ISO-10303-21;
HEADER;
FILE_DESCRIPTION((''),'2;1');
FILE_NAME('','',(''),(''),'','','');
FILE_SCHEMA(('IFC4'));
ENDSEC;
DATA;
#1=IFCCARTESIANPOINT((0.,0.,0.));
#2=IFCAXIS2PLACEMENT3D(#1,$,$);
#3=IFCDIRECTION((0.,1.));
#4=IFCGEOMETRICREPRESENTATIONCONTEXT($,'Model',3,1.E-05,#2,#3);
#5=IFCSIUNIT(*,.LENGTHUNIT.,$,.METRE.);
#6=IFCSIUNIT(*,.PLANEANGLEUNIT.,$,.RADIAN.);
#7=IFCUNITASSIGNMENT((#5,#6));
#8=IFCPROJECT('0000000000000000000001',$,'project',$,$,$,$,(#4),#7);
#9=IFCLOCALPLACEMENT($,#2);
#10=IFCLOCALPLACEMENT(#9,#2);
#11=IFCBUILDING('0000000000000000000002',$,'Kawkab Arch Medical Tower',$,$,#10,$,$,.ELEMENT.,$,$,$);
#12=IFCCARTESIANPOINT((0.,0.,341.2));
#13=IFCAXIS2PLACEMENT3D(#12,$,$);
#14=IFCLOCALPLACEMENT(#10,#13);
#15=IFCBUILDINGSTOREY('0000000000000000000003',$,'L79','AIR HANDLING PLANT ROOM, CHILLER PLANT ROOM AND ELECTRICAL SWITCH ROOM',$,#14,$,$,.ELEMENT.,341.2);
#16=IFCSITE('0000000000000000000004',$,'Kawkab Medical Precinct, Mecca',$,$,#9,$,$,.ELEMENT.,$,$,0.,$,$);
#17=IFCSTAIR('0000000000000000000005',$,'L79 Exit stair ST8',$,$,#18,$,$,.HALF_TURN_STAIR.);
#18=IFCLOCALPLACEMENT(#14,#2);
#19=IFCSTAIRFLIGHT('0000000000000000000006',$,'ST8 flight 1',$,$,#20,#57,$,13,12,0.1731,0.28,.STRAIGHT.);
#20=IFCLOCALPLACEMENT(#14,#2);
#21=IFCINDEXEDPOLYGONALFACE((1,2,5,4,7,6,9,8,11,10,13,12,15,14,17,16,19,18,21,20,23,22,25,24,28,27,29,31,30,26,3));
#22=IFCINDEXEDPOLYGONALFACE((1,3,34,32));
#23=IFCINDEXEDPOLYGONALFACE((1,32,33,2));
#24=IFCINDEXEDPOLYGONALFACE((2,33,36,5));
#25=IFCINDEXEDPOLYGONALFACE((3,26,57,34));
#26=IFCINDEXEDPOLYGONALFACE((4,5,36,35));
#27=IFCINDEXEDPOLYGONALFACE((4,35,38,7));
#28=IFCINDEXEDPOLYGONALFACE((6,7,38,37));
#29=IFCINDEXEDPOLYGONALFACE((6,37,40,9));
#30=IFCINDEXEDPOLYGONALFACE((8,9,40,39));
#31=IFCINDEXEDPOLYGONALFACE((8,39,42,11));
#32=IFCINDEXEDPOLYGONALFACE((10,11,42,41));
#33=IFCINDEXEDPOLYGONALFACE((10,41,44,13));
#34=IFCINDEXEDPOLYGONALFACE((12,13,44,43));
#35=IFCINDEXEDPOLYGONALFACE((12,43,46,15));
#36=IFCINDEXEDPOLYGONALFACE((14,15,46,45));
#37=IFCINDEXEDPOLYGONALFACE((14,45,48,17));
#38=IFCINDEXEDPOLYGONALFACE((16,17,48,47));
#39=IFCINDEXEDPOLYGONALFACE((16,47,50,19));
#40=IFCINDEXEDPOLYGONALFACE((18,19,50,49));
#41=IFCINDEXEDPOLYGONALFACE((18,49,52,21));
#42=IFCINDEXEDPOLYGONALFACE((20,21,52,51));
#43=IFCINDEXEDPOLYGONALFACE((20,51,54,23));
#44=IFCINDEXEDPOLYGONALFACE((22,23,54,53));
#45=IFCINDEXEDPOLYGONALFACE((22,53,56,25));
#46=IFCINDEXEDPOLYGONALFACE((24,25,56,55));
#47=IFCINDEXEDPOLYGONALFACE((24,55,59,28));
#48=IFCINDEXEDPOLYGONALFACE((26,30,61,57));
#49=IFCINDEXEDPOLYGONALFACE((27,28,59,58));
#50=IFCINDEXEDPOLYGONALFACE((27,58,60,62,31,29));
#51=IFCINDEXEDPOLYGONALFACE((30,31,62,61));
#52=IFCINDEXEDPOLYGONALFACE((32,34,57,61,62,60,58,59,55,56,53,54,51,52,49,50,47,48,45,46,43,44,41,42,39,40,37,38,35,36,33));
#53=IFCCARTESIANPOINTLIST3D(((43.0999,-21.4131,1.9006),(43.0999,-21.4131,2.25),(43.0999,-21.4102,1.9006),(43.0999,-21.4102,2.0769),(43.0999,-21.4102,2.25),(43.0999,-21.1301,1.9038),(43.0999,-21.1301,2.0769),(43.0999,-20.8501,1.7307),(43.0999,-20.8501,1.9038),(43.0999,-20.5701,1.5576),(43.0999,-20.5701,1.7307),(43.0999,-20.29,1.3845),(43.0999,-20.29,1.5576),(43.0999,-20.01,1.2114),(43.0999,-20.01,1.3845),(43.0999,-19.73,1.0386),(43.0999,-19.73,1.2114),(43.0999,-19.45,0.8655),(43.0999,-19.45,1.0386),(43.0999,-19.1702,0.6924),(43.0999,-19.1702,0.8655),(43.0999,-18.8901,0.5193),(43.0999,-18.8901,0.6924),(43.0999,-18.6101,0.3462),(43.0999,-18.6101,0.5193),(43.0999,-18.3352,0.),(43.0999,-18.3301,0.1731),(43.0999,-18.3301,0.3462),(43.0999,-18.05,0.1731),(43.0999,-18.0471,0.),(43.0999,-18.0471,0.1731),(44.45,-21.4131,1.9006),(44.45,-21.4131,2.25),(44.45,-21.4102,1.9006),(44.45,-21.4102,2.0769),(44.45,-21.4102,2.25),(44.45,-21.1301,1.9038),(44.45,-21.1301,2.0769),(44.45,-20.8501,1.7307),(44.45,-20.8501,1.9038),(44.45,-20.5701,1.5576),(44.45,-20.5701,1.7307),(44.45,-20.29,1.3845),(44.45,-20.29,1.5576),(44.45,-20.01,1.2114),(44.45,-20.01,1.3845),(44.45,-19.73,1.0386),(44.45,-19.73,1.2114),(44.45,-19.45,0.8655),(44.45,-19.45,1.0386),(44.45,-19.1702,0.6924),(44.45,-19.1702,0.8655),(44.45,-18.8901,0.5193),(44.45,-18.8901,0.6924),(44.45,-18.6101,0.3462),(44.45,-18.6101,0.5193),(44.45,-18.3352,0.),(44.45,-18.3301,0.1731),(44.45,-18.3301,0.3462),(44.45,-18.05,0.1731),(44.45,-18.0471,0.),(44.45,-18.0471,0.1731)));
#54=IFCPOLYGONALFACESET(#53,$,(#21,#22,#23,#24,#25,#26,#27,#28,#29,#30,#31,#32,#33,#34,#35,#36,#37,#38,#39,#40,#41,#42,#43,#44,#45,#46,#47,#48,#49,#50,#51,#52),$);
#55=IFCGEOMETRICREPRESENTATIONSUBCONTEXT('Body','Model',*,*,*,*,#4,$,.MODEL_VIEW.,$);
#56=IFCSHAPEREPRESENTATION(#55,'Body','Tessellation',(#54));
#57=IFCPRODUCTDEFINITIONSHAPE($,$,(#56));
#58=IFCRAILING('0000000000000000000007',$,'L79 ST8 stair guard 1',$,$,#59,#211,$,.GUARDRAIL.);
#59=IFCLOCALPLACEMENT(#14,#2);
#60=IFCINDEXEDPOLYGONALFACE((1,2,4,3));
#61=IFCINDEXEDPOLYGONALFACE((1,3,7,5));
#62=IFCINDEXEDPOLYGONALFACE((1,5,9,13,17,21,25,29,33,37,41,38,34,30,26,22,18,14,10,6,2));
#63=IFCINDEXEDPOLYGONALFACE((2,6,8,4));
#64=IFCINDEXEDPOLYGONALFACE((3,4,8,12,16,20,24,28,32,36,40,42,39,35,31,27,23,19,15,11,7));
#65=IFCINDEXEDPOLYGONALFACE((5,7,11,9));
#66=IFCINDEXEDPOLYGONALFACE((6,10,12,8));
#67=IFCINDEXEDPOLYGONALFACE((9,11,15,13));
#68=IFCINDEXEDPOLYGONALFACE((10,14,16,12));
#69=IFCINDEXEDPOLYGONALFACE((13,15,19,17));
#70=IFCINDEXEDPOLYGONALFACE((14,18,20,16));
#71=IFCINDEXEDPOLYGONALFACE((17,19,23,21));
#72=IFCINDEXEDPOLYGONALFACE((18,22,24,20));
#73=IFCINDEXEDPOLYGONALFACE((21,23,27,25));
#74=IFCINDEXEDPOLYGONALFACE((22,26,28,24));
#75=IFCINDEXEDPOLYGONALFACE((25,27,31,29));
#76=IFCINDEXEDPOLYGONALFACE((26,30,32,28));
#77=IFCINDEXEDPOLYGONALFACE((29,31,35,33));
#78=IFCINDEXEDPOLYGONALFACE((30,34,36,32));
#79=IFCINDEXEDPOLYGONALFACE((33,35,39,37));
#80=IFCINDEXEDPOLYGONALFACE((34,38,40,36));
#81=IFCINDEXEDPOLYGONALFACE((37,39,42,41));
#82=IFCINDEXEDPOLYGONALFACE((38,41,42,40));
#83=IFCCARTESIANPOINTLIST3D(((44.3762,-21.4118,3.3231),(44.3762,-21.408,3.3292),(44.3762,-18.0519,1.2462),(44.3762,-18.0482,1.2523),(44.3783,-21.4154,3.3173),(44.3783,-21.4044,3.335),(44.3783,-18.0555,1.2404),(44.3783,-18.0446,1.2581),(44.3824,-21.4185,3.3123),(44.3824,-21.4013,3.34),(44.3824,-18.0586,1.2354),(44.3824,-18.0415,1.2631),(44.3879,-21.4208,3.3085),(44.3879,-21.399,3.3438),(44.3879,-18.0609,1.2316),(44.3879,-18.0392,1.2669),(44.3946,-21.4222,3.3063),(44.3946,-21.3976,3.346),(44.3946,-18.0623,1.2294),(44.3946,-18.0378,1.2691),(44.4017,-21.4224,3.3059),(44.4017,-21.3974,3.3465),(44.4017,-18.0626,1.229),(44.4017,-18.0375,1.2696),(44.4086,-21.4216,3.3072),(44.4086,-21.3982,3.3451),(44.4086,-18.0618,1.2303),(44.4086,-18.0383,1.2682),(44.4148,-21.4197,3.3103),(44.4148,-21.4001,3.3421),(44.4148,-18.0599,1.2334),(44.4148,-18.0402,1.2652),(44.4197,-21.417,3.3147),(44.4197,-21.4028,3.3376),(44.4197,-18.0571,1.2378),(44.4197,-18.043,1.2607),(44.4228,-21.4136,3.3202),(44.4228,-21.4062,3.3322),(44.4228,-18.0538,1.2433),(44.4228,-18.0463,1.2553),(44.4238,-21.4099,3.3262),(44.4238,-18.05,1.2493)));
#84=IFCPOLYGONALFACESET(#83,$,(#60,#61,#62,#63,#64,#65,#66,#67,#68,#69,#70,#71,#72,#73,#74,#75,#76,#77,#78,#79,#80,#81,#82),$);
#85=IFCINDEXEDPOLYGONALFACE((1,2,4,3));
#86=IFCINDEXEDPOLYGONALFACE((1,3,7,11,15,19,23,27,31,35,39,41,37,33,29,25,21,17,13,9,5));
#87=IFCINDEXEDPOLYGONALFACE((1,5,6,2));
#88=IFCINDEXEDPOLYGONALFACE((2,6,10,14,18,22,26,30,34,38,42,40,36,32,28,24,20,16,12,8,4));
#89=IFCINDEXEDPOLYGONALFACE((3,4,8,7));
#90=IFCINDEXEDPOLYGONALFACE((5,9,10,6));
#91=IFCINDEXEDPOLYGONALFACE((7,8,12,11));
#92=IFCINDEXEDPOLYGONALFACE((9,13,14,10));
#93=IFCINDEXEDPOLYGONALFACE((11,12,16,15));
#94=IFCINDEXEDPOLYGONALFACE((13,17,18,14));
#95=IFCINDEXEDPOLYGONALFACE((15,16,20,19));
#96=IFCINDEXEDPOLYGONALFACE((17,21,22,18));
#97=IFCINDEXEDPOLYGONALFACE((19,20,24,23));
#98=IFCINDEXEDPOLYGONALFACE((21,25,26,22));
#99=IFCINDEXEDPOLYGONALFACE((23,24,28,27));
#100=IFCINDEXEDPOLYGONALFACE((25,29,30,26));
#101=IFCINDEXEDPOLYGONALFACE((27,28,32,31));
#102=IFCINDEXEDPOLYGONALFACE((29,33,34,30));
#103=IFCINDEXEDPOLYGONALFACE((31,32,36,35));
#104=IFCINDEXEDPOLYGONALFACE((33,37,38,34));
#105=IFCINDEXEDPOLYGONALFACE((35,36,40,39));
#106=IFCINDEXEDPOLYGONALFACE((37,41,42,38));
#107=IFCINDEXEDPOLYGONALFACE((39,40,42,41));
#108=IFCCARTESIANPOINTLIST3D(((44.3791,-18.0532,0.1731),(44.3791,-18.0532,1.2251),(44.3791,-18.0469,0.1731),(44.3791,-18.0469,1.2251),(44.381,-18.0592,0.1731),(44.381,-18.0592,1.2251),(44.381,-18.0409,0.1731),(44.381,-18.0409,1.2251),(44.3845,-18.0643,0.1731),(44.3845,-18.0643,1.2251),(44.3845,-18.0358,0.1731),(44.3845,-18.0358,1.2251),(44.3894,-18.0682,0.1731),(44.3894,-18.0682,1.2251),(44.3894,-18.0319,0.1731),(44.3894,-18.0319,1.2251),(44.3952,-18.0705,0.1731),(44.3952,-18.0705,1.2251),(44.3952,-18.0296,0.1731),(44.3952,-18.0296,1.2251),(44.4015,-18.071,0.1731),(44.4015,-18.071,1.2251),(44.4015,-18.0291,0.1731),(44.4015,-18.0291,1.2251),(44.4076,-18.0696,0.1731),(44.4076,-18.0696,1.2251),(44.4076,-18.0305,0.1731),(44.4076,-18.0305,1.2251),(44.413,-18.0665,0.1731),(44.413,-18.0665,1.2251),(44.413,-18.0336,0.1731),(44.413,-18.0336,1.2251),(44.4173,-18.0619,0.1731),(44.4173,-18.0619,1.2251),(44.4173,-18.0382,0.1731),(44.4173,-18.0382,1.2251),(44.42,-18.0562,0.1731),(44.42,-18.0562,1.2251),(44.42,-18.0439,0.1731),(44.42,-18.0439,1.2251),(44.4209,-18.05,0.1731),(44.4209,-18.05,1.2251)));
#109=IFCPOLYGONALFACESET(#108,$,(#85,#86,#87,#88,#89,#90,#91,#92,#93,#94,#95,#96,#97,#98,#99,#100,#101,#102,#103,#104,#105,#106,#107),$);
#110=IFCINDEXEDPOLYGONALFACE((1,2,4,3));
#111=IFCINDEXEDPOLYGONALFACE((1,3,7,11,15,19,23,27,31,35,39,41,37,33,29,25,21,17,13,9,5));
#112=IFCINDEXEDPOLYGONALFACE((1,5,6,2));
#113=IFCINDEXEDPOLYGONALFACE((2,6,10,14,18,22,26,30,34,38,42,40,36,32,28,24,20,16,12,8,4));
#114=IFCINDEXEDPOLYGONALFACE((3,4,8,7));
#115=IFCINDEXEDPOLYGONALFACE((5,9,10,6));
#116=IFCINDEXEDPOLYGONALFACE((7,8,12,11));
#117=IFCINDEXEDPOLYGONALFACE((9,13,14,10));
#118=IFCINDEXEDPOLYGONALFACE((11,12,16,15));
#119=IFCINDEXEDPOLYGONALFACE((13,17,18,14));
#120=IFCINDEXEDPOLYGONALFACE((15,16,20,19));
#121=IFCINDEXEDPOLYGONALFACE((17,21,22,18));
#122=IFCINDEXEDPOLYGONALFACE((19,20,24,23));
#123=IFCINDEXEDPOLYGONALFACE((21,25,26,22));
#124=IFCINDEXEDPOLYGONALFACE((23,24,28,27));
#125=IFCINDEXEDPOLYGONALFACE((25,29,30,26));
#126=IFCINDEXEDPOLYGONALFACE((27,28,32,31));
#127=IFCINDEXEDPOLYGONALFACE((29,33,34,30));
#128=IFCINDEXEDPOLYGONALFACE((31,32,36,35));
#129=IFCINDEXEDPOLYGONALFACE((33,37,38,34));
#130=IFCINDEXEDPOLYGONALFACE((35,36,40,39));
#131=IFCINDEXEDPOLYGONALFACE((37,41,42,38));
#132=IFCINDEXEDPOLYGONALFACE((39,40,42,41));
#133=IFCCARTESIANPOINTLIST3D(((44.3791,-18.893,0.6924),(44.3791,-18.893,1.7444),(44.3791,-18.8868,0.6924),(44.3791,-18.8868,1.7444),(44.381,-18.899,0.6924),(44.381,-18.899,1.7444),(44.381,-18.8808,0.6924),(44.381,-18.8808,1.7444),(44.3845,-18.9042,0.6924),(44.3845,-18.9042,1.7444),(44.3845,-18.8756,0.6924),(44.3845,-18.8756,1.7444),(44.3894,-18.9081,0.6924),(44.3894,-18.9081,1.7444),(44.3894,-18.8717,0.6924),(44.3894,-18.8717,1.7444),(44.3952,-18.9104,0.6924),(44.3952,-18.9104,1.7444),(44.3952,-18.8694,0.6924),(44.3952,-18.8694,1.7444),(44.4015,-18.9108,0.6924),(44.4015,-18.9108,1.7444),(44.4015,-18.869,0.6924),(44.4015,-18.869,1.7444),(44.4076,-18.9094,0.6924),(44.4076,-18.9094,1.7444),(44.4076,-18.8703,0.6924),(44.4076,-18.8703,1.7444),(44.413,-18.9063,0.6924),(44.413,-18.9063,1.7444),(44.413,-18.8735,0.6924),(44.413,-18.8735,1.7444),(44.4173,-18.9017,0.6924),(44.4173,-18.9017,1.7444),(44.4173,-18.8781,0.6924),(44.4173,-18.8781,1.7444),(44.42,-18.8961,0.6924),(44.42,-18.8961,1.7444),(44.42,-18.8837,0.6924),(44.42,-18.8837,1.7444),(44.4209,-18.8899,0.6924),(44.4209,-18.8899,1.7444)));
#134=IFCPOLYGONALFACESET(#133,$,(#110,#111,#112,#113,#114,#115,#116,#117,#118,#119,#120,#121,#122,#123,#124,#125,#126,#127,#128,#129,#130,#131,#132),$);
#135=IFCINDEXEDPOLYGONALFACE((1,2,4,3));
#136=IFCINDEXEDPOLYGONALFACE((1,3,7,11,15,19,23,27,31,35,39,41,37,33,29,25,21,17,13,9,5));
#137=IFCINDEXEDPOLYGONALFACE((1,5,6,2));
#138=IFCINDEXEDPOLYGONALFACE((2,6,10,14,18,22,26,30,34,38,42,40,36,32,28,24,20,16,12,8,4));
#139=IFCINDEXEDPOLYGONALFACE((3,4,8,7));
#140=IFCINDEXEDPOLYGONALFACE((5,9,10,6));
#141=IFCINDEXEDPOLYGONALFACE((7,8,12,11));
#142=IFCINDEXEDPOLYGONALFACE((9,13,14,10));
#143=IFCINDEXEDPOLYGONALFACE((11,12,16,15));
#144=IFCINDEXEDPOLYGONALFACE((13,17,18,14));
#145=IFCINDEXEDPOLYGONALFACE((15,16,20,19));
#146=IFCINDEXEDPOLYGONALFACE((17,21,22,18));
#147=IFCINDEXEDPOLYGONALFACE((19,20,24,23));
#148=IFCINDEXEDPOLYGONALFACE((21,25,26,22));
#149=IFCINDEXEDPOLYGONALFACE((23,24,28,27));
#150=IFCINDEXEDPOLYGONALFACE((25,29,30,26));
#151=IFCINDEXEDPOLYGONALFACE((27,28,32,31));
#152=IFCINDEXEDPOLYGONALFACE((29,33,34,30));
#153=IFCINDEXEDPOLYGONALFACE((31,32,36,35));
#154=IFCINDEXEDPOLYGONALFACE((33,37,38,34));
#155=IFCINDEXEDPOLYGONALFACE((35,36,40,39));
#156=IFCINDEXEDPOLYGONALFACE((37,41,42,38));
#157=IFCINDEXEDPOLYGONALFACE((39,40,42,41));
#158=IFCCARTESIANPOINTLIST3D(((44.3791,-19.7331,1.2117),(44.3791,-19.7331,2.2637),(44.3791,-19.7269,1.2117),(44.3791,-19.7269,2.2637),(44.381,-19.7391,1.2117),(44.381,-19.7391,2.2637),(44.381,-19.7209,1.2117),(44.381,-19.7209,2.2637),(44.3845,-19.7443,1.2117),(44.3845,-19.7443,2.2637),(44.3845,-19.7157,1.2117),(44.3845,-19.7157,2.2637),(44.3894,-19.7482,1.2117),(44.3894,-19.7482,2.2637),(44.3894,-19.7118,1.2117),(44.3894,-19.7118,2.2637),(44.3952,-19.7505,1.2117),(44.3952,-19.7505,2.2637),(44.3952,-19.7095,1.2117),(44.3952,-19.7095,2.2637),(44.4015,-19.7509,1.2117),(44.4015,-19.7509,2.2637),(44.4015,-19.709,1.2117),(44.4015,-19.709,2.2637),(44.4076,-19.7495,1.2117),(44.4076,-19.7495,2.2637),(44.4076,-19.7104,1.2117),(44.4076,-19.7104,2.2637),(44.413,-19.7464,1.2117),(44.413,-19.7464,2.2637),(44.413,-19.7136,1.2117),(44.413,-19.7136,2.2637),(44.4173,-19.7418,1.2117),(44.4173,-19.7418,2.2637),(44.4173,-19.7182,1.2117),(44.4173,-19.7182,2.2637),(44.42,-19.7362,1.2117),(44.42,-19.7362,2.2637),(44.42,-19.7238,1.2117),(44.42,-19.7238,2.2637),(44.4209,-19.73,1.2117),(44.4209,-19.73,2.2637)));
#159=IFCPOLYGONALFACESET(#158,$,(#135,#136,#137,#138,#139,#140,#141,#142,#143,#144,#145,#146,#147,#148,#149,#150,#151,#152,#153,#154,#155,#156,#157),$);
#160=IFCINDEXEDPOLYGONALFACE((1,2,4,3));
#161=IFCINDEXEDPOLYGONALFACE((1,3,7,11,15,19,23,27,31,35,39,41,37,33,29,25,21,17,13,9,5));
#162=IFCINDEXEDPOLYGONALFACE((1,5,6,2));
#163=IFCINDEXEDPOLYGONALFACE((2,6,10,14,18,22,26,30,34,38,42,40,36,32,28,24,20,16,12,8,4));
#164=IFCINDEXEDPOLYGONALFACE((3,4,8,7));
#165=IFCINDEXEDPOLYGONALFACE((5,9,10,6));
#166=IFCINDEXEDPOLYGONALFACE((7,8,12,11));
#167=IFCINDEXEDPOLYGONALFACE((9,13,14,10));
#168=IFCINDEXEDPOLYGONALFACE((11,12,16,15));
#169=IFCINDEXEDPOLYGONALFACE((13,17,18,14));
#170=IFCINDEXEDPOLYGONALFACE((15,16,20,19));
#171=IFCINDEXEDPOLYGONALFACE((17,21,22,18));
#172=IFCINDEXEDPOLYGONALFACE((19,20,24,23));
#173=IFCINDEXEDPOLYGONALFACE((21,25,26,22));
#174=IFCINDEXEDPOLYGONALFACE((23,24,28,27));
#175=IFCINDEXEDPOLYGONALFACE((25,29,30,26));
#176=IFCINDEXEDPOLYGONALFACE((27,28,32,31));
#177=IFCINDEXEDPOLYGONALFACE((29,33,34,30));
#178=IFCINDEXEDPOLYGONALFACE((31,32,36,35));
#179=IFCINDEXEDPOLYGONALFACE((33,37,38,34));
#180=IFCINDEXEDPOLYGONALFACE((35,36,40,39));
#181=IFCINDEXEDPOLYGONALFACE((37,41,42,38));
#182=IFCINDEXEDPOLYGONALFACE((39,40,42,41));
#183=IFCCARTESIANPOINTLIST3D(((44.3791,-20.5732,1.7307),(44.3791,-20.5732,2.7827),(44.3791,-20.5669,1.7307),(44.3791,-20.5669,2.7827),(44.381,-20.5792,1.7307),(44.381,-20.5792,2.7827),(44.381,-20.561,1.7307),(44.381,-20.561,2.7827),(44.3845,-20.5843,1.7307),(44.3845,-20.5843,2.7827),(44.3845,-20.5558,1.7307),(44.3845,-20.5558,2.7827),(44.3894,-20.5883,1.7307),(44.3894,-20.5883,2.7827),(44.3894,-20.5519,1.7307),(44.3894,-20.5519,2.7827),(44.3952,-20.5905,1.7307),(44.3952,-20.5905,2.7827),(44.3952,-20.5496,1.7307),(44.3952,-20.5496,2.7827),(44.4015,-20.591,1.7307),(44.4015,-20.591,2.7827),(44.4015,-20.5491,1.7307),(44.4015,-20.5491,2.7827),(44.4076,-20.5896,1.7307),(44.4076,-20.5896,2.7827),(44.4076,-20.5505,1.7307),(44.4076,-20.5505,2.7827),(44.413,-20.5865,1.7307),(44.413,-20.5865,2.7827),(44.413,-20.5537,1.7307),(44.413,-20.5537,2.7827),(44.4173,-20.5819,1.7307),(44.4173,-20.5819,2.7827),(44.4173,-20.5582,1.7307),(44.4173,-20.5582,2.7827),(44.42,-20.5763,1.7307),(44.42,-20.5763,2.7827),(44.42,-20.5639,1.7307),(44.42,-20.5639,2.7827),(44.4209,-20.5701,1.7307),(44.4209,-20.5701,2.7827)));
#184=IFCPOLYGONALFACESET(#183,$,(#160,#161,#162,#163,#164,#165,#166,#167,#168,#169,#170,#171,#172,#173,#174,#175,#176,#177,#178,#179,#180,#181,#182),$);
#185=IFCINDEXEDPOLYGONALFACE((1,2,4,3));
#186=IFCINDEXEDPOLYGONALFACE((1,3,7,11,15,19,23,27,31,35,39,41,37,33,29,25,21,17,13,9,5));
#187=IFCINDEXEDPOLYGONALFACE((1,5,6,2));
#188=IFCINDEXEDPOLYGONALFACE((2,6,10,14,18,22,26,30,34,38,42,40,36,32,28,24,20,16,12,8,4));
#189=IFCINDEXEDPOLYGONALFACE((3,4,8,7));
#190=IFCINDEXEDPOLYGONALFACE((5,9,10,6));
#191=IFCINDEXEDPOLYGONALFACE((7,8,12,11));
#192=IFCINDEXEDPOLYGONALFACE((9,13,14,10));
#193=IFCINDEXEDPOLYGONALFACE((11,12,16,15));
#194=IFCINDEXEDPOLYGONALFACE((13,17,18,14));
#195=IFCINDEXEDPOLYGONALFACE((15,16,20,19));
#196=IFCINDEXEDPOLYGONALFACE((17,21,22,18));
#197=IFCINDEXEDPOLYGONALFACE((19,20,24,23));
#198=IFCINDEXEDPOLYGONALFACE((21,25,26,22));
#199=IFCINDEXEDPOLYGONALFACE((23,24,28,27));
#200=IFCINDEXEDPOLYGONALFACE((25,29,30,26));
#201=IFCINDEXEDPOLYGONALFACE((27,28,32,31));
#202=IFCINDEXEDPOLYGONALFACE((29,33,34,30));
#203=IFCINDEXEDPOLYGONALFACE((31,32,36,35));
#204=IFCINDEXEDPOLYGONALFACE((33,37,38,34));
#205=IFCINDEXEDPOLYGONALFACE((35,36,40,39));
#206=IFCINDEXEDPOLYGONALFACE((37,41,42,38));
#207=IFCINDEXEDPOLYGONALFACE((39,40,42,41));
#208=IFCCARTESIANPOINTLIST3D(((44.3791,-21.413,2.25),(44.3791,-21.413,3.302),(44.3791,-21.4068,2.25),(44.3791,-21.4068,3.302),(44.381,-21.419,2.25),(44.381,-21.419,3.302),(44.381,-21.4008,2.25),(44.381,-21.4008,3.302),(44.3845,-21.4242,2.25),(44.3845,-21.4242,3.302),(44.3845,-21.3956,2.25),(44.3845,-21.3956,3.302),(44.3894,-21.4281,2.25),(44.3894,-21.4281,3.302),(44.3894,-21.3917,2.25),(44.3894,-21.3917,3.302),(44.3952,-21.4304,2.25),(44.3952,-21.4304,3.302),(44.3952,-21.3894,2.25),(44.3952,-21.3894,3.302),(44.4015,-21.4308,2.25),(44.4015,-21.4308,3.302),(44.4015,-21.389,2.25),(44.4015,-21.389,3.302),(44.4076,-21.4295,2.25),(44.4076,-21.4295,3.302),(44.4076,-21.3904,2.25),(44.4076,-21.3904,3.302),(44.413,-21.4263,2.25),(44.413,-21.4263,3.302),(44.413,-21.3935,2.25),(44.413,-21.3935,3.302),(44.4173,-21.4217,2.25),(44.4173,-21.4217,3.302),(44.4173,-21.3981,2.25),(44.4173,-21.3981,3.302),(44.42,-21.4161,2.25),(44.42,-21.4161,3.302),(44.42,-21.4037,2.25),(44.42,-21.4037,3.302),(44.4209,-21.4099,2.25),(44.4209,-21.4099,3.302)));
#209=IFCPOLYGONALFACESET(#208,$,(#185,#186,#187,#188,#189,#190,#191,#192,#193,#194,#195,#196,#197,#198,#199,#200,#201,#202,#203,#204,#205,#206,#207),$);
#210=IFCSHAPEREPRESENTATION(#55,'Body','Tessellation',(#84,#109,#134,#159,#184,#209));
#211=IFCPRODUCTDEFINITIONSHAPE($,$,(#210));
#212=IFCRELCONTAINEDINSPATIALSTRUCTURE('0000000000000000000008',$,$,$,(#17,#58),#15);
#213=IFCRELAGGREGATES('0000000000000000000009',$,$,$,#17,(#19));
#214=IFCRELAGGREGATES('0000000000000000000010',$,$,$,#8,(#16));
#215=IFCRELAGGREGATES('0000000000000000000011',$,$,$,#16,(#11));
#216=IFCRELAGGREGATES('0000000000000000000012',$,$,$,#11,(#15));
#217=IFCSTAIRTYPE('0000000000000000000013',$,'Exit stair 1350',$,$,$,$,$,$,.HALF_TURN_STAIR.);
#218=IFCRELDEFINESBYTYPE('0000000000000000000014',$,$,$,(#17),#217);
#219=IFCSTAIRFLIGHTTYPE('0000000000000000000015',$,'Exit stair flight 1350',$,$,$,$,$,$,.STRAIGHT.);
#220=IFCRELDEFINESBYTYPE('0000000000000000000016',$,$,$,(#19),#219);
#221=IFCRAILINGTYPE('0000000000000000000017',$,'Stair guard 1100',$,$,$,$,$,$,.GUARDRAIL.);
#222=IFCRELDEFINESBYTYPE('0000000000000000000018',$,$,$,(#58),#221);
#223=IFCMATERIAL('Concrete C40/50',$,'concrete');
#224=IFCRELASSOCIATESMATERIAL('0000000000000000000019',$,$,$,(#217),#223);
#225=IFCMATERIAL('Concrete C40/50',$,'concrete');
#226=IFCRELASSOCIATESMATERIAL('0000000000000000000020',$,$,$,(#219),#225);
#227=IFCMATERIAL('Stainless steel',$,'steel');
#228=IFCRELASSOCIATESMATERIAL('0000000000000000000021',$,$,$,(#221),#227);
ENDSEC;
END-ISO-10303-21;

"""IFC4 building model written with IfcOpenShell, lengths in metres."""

from ifc_helpers import new_model, si_unit, direction, frame, origin, origin_2d, place, context, subcontext, project, spatial, polyline, circle, outline, extrude, material, type_object, element, aggregate, save


model = new_model("IFC4")

# Units and contexts
model_context = context("Model", 3, precision=1e-05, world=origin(), true_north=direction((0.0, 1.0)))
body_context = subcontext(model_context, "Body", "Model", "MODEL_VIEW")
ifc_project = project(units=[si_unit("LENGTHUNIT", "METRE"), si_unit("PLANEANGLEUNIT", "RADIAN")], contexts=[model_context])

# Site, building, storey
site_placement = place(None, origin())
site = spatial("IfcSite", under=ifc_project, at=site_placement, Name="Kawkab Medical Precinct, Mecca", CompositionType="ELEMENT", RefElevation=0.0)
building_placement = place(site_placement, origin())
building = spatial("IfcBuilding", under=site, at=building_placement, Name="Kawkab Arch Medical Tower", CompositionType="ELEMENT")
storey_placement = place(building_placement, frame((0.0, 0.0, 341.2)))
storey = spatial("IfcBuildingStorey", under=building, at=storey_placement, Name="L79", Description="AIR HANDLING PLANT ROOM, CHILLER PLANT ROOM AND ELECTRICAL SWITCH ROOM", CompositionType="ELEMENT", Elevation=341.2)

# Shared definitions
placement = place(storey_placement, origin())

# Stair, stair flight
ifc_material_1 = material(Name="Concrete C40/50", Category="concrete")
stair_type = type_object("IfcStairType", Name="Exit stair 1350", PredefinedType="HALF_TURN_STAIR", material=ifc_material_1)
stair = element("IfcStair", 1, at=placement, inside=storey, type_object=stair_type, Name="L79 Exit stair ST8", PredefinedType="HALF_TURN_STAIR")
ifc_material_2 = material(Name="Concrete C40/50", Category="concrete")
stair_flight_type = type_object("IfcStairFlightType", Name="Exit stair flight 1350", PredefinedType="STRAIGHT", material=ifc_material_2)
stair_flight_placement = place(storey_placement, frame((43.7749, -18.05, 0.0), z_axis=(0.0, 0.0, 1.0), x_axis=(0.0, -1.0, 0.0)))
stair_flight = element("IfcStairFlight", 2, at=stair_flight_placement, type_object=stair_flight_type, Name="ST8 flight 1", NumberOfRisers=13, NumberOfTreads=12, PredefinedType="STRAIGHT", RiserHeight=0.1731, TreadLength=0.28, context=body_context, shape_type="SweptSolid", body=[
    extrude(outline(polyline([(-0.0029, 0.0), (-0.0029, 0.1731), (0.0, 0.1731), (0.28, 0.1731), (0.28, 0.3462), (0.5601, 0.3462), (0.5601, 0.5193), (0.8401, 0.5193), (0.8401, 0.6924), (1.1201, 0.6924), (1.1201, 0.8655), (1.3999, 0.8655), (1.3999, 1.0386), (1.6799, 1.0386), (1.6799, 1.2114), (1.96, 1.2114), (1.96, 1.3845), (2.24, 1.3845), (2.24, 1.5576), (2.52, 1.5576), (2.52, 1.7307), (2.8, 1.7307), (2.8, 1.9038), (3.0801, 1.9038), (3.0801, 2.0769), (3.3601, 2.0769), (3.3601, 2.25), (3.363, 2.25), (3.363, 1.9006), (3.3601, 1.9006), (0.2852, 0.0), (-0.0029, 0.0)])), frame((0.0, 0.675, 0.0), z_axis=(0.0, -1.0, 0.0), x_axis=(1.0, 0.0, 0.0)), (0.0, 0.0, 1.0), 1.3501),
])
aggregate(stair, [stair_flight])

# Railing
ifc_material_3 = material(Name="Stainless steel", Category="steel")
railing_type = type_object("IfcRailingType", Name="Stair guard 1100", PredefinedType="GUARDRAIL", material=ifc_material_3)
railing_placement = place(storey_placement, frame((44.3999, -18.05, 0.1731)))
element("IfcRailing", 3, at=railing_placement, inside=storey, type_object=railing_type, Name="L79 ST8 stair guard 1", PredefinedType="GUARDRAIL", context=body_context, shape_type="SweptSolid", body=[
    extrude(circle(Radius=0.0239, at=origin_2d()), frame((0.0, 0.0, 1.0762), z_axis=(0.0, -0.850606, 0.525803), x_axis=(1.0, 0.0, 0.0)), (0.0, 0.0, 1.0), 3.95),
    extrude(circle(Radius=0.021, at=origin_2d()), origin(), (0.0, 0.0, 1.0), 1.052),
    extrude(circle(Radius=0.021, at=origin_2d()), frame((0.0, -0.8398, 0.5193)), (0.0, 0.0, 1.0), 1.052),
    extrude(circle(Radius=0.021, at=origin_2d()), frame((0.0, -1.6799, 1.0386)), (0.0, 0.0, 1.0), 1.052),
    extrude(circle(Radius=0.021, at=origin_2d()), frame((0.0, -2.52, 1.5576)), (0.0, 0.0, 1.0), 1.052),
    extrude(circle(Radius=0.021, at=origin_2d()), frame((0.0, -3.3599, 2.0769)), (0.0, 0.0, 1.0), 1.052),
])

save(model, "model.ifc")
